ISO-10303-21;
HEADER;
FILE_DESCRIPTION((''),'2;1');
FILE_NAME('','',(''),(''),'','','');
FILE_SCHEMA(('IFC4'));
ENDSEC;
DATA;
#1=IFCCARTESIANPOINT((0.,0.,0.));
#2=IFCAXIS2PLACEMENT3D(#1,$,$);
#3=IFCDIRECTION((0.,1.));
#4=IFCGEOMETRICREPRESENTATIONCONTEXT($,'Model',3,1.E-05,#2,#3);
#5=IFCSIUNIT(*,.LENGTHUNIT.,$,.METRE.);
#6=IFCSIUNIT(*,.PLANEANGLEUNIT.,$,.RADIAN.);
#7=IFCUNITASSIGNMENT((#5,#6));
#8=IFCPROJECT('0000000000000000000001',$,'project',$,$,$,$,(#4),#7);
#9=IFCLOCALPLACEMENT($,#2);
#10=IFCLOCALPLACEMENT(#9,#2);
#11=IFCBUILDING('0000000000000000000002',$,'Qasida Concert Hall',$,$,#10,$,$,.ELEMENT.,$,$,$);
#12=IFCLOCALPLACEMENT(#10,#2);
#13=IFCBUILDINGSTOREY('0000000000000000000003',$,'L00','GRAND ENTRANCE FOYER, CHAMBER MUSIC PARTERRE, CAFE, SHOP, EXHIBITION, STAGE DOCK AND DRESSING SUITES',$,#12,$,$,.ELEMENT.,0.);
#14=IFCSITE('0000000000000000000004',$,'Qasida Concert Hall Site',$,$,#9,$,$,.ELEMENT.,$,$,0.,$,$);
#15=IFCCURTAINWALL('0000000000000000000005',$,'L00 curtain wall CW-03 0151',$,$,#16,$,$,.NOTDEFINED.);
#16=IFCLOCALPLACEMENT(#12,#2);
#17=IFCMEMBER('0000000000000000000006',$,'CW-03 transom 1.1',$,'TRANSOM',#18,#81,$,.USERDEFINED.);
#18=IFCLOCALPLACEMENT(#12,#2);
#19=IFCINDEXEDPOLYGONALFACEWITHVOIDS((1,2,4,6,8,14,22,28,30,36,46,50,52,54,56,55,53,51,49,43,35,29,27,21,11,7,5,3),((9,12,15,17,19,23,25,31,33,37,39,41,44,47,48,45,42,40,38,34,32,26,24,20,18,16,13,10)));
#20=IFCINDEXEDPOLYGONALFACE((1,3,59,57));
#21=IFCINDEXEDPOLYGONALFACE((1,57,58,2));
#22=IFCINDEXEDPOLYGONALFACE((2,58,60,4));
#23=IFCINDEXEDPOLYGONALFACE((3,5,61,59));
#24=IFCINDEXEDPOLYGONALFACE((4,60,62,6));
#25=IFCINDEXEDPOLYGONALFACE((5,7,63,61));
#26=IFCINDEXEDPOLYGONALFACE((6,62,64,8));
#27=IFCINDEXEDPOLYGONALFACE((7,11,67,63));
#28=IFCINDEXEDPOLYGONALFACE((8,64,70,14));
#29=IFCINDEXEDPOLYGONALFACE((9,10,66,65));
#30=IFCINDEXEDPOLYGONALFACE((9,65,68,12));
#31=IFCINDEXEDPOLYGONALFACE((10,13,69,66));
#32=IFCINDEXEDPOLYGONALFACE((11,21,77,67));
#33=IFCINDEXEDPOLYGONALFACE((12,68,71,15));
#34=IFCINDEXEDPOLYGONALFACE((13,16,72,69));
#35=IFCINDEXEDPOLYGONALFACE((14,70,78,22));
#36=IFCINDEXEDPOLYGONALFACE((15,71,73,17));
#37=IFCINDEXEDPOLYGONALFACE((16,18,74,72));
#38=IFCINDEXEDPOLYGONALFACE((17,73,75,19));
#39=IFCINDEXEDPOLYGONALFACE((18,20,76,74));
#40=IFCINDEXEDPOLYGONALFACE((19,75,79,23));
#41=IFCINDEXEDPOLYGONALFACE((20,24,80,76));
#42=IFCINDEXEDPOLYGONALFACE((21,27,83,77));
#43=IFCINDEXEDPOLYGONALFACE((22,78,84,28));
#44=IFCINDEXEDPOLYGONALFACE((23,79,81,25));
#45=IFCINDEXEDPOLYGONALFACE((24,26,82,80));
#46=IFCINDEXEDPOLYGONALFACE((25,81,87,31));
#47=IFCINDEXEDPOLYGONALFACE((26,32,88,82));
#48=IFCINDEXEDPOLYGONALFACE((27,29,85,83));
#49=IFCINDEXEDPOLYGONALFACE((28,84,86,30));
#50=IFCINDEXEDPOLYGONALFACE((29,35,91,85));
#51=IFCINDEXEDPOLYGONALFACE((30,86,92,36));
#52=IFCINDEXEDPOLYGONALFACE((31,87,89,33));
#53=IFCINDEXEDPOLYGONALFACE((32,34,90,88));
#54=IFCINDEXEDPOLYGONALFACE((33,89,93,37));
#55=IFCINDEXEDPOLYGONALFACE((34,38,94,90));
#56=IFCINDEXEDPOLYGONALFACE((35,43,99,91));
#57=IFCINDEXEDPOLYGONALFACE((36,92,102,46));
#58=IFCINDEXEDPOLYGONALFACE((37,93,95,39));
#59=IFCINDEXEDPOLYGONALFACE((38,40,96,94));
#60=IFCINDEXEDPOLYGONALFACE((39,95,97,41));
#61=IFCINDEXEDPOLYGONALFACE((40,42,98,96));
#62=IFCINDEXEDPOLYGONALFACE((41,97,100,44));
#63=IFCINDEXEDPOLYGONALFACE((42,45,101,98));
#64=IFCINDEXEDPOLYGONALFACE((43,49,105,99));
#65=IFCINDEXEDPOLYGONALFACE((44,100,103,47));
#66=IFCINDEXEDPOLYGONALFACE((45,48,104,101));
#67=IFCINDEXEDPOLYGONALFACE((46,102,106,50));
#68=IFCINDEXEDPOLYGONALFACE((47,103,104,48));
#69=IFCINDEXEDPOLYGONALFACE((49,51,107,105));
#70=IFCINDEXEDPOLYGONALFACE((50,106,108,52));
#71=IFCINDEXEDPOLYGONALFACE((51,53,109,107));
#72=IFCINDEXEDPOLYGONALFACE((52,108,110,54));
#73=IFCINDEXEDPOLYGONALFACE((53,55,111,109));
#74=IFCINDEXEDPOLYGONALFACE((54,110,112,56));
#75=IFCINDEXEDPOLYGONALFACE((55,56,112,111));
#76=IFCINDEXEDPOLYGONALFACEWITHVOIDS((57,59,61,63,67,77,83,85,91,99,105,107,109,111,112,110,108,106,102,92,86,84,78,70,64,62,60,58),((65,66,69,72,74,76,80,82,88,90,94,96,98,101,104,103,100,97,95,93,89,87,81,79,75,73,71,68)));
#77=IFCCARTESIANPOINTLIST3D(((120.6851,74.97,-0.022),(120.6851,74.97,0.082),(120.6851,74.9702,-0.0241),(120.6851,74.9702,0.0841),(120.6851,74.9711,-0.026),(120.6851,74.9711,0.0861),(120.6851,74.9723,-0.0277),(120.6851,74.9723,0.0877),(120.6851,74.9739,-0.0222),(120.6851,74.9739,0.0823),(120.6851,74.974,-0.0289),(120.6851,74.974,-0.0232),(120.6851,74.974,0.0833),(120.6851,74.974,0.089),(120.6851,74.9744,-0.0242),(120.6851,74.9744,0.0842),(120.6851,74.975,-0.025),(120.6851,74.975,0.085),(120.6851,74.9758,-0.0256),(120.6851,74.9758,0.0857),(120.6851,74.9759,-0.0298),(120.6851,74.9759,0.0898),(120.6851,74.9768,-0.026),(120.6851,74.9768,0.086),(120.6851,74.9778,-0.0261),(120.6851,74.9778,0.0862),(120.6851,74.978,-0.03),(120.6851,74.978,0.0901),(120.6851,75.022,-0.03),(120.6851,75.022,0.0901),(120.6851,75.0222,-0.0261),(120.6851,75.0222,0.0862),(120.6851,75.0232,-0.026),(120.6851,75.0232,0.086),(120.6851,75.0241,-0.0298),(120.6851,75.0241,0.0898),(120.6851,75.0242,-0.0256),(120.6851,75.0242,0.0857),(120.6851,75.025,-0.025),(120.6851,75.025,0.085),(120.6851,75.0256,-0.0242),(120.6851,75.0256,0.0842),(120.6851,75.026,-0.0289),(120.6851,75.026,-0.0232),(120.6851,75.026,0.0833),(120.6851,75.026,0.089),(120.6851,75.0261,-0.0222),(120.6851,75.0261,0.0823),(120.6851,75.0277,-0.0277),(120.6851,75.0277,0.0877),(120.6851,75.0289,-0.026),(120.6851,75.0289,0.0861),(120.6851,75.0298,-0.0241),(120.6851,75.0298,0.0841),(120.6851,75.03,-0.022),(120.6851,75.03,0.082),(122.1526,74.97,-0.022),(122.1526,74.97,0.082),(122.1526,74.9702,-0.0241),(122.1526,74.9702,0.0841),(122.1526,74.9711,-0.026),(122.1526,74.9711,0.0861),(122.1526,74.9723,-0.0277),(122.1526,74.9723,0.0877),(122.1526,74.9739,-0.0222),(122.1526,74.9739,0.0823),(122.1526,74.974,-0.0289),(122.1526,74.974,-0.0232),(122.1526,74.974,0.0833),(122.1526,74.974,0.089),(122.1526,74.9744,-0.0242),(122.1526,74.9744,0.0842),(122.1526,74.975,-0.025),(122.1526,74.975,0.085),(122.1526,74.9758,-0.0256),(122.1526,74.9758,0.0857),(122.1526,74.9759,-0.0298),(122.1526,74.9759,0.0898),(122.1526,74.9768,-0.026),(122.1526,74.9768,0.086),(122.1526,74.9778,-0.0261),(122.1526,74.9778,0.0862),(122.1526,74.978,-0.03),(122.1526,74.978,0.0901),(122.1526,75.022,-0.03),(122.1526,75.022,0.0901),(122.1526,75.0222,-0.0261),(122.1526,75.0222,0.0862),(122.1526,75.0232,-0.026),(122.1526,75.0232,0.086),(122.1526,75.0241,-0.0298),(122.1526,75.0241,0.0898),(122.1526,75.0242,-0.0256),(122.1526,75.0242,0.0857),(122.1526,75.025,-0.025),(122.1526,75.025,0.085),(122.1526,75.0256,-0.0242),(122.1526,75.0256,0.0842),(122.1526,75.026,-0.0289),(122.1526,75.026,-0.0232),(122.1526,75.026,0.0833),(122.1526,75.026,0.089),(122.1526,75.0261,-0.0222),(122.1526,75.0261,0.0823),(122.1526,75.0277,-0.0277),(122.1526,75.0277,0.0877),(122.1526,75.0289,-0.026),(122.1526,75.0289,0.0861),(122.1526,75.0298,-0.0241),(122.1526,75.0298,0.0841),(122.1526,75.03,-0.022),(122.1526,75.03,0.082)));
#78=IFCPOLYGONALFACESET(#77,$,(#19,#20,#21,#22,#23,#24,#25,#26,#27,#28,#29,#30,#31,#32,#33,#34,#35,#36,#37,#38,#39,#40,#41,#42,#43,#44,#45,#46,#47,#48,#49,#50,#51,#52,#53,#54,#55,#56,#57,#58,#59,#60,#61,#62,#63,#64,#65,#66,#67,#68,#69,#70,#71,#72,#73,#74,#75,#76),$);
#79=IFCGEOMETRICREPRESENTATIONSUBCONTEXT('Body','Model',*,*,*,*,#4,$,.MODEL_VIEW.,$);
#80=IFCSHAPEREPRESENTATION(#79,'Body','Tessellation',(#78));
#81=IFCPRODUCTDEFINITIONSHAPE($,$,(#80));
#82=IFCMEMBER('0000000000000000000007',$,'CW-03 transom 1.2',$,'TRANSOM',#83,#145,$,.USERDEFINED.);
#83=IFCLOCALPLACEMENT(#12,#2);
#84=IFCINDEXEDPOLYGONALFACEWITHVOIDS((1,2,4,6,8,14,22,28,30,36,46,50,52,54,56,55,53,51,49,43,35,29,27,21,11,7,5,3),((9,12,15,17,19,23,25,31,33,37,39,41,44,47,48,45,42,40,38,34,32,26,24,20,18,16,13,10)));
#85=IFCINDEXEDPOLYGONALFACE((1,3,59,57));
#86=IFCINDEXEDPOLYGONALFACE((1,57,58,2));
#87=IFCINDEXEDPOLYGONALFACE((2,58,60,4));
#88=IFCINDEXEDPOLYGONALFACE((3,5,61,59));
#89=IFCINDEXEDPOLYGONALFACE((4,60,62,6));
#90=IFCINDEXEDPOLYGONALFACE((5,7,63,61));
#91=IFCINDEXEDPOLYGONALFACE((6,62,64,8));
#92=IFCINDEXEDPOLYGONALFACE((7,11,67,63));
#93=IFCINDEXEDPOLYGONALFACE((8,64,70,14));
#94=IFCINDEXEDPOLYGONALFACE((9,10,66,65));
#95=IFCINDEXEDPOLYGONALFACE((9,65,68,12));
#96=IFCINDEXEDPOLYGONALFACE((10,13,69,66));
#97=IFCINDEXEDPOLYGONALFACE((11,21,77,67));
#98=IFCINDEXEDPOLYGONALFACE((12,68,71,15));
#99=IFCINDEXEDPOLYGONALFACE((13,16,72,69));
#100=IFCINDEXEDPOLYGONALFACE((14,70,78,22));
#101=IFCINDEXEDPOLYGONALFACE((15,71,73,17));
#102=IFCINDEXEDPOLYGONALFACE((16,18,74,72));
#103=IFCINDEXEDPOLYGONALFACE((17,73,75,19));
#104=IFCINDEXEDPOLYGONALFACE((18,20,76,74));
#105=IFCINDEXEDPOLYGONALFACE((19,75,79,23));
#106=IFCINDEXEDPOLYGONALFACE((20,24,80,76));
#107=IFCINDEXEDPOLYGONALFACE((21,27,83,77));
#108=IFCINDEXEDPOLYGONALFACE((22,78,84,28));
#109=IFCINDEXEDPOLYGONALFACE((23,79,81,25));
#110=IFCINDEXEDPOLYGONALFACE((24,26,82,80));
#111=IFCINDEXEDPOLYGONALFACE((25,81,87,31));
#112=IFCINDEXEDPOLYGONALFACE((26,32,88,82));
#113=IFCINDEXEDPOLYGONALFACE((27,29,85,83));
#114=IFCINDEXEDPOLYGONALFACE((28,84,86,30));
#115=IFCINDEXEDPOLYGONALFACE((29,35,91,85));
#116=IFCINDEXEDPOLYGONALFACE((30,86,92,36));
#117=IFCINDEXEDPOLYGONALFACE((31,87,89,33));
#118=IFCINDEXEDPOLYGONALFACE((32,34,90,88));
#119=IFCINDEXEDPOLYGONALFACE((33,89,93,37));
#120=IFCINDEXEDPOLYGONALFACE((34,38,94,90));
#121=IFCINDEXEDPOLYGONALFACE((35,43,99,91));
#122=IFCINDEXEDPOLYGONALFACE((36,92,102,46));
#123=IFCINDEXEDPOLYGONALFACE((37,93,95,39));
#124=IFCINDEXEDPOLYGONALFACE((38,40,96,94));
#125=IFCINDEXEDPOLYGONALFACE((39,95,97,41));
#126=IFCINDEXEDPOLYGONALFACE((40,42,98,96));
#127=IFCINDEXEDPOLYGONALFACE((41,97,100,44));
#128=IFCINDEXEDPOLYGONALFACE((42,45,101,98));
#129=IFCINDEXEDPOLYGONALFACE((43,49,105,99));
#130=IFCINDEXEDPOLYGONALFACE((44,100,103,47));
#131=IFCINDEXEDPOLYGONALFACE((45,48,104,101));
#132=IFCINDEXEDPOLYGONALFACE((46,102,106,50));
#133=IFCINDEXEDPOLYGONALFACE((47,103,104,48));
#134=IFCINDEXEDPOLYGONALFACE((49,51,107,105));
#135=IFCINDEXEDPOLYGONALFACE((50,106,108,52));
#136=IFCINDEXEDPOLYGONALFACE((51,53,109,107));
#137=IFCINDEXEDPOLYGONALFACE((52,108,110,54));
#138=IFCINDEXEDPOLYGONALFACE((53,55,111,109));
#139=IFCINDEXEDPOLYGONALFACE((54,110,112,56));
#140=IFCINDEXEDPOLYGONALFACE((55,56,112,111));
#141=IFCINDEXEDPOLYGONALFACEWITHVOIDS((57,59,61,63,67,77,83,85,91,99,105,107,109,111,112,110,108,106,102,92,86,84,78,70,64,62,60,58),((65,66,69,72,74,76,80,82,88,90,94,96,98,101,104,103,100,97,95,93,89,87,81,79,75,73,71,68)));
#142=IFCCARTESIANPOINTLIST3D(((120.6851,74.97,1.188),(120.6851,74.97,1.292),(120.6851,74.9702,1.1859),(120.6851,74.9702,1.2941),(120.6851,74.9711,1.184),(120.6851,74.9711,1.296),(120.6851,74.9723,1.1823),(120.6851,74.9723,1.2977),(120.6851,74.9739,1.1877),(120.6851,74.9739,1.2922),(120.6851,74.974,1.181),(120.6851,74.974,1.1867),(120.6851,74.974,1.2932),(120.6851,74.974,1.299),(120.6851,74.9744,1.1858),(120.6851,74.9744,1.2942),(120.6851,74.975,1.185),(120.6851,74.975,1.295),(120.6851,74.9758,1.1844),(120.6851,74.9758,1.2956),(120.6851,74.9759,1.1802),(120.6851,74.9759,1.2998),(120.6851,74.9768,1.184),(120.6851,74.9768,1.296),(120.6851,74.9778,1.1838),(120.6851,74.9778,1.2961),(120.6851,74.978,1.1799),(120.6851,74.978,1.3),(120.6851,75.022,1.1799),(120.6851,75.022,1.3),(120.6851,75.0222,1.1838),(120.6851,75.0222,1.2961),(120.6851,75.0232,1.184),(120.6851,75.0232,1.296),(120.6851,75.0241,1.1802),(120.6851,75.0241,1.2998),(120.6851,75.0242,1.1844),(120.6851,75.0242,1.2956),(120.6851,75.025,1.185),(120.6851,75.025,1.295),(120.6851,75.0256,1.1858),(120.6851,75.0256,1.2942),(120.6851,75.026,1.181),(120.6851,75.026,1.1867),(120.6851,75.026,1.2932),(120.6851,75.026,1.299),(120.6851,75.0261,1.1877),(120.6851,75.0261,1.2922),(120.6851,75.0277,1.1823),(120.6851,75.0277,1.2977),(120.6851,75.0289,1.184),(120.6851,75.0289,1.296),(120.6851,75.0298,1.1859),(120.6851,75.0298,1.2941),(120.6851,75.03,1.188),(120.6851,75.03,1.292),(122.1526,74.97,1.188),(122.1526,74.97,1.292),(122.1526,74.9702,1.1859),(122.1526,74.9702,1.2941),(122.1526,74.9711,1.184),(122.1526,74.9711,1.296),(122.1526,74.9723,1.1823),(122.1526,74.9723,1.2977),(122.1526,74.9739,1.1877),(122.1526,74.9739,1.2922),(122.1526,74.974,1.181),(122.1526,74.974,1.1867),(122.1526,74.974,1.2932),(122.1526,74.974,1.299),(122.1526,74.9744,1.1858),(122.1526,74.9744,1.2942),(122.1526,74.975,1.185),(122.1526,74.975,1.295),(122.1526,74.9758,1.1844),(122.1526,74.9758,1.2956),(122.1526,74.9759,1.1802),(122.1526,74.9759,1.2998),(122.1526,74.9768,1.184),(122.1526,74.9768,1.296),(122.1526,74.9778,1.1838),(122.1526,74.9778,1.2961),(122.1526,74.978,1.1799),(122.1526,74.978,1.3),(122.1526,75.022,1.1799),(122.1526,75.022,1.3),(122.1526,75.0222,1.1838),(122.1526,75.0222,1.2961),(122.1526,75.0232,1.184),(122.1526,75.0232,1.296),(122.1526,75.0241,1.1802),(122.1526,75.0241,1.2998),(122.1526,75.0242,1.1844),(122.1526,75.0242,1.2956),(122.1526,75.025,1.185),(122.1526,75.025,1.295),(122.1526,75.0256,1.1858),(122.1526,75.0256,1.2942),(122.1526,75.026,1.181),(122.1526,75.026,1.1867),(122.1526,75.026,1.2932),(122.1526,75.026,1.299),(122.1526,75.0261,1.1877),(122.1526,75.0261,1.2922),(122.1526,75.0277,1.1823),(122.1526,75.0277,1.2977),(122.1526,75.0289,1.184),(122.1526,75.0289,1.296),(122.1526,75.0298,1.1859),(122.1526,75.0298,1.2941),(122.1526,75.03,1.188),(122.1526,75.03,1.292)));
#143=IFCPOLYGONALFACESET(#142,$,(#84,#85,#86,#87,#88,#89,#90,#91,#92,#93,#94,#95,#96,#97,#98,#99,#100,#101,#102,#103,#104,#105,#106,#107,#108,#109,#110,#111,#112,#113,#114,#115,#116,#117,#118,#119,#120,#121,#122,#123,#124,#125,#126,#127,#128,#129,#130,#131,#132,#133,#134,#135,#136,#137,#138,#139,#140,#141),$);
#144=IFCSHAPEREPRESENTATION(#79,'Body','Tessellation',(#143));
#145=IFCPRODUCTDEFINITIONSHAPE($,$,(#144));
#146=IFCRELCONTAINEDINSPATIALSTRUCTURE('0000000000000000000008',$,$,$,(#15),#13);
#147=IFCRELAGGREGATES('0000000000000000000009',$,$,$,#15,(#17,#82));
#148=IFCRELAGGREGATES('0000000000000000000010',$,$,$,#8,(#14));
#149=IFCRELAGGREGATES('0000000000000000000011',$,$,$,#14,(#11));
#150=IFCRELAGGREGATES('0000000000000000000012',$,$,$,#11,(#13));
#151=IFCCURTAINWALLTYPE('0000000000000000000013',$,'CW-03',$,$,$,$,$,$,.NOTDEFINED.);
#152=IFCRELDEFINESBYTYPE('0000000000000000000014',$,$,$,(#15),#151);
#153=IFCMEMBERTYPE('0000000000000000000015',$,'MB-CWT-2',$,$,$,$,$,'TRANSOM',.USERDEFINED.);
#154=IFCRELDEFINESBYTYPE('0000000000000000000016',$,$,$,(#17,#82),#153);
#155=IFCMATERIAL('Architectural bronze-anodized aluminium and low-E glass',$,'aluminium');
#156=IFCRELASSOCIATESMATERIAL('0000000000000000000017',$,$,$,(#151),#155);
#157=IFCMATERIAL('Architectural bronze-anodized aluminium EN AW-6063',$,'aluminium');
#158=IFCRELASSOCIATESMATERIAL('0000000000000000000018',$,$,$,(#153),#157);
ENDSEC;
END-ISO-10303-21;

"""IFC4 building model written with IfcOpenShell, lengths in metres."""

from ifc_helpers import new_model, si_unit, direction, frame, origin, origin_2d, place, context, subcontext, project, spatial, hollow_rectangle, extrude, material, material_profile, profile_set, type_object, element, aggregate, save


model = new_model("IFC4")

# Units and contexts
model_context = context("Model", 3, precision=1e-05, world=origin(), true_north=direction((0.0, 1.0)))
body_context = subcontext(model_context, "Body", "Model", "MODEL_VIEW")
ifc_project = project(units=[si_unit("LENGTHUNIT", "METRE"), si_unit("PLANEANGLEUNIT", "RADIAN")], contexts=[model_context])

# Site, building, storey
site_placement = place(None, origin())
site = spatial("IfcSite", under=ifc_project, at=site_placement, Name="Qasida Concert Hall Site", CompositionType="ELEMENT", RefElevation=0.0)
building_placement = place(site_placement, origin())
building = spatial("IfcBuilding", under=site, at=building_placement, Name="Qasida Concert Hall", CompositionType="ELEMENT")
storey_placement = place(building_placement, origin())
storey = spatial("IfcBuildingStorey", under=building, at=storey_placement, Name="L00", Description="GRAND ENTRANCE FOYER, CHAMBER MUSIC PARTERRE, CAFE, SHOP, EXHIBITION, STAGE DOCK AND DRESSING SUITES", CompositionType="ELEMENT", Elevation=0.0)

# Curtain wall
ifc_material_1 = material(Name="Architectural bronze-anodized aluminium and low-E glass", Category="aluminium")
curtain_wall_type_1 = type_object("IfcCurtainWallType", Name="CW-03", PredefinedType="NOTDEFINED", material=ifc_material_1)
curtain_wall_1_placement = place(storey_placement, origin())
curtain_wall_1 = element("IfcCurtainWall", 1, at=curtain_wall_1_placement, inside=storey, type_object=curtain_wall_type_1, Name="L00 curtain wall CW-03 0151", PredefinedType="NOTDEFINED")
ifc_material_2 = material(Name="Architectural bronze-anodized aluminium EN AW-6063", Category="aluminium")

# Members
ifc_material_profile_1 = material_profile(ifc_material_2, hollow_rectangle(XDim=0.0601, YDim=0.1201, WallThickness=0.0039, InnerFilletRadius=0.0039, OuterFilletRadius=0.0081, at=origin_2d()), Name="CWT 120x60x4")
ifc_profile_set_1 = profile_set([ifc_material_profile_1], Name="Architectural bronze-anodized aluminium EN AW-6063")
member_type_1 = type_object("IfcMemberType", Name="MB-CWT-2", ElementType="TRANSOM", PredefinedType="USERDEFINED", material=ifc_profile_set_1)
member_1_placement = place(storey_placement, frame((120.6851, 75.0, 0.03), z_axis=(1.0, 0.0, 0.0), x_axis=(0.0, 1.0, 0.0)))
member_1 = element("IfcMember", 2, at=member_1_placement, type_object=member_type_1, Name="CW-03 transom 1.1", ObjectType="TRANSOM", PredefinedType="USERDEFINED", context=body_context, shape_type="SweptSolid", body=[
    extrude(hollow_rectangle(XDim=0.0601, YDim=0.1201, WallThickness=0.0039, InnerFilletRadius=0.0039, OuterFilletRadius=0.0081, at=origin_2d()), origin(), (0.0, 0.0, 1.0), 1.4675),
])
member_2_placement = place(storey_placement, frame((120.6851, 75.0, 1.24), z_axis=(1.0, 0.0, 0.0), x_axis=(0.0, 1.0, 0.0)))
member_2 = element("IfcMember", 3, at=member_2_placement, type_object=member_type_1, Name="CW-03 transom 1.2", ObjectType="TRANSOM", PredefinedType="USERDEFINED", context=body_context, shape_type="SweptSolid", body=[
    extrude(hollow_rectangle(XDim=0.0601, YDim=0.1201, WallThickness=0.0039, InnerFilletRadius=0.0039, OuterFilletRadius=0.0081, at=origin_2d()), origin(), (0.0, 0.0, 1.0), 1.4675),
])

aggregate(curtain_wall_1, [member_1, member_2])

save(model, "model.ifc")
